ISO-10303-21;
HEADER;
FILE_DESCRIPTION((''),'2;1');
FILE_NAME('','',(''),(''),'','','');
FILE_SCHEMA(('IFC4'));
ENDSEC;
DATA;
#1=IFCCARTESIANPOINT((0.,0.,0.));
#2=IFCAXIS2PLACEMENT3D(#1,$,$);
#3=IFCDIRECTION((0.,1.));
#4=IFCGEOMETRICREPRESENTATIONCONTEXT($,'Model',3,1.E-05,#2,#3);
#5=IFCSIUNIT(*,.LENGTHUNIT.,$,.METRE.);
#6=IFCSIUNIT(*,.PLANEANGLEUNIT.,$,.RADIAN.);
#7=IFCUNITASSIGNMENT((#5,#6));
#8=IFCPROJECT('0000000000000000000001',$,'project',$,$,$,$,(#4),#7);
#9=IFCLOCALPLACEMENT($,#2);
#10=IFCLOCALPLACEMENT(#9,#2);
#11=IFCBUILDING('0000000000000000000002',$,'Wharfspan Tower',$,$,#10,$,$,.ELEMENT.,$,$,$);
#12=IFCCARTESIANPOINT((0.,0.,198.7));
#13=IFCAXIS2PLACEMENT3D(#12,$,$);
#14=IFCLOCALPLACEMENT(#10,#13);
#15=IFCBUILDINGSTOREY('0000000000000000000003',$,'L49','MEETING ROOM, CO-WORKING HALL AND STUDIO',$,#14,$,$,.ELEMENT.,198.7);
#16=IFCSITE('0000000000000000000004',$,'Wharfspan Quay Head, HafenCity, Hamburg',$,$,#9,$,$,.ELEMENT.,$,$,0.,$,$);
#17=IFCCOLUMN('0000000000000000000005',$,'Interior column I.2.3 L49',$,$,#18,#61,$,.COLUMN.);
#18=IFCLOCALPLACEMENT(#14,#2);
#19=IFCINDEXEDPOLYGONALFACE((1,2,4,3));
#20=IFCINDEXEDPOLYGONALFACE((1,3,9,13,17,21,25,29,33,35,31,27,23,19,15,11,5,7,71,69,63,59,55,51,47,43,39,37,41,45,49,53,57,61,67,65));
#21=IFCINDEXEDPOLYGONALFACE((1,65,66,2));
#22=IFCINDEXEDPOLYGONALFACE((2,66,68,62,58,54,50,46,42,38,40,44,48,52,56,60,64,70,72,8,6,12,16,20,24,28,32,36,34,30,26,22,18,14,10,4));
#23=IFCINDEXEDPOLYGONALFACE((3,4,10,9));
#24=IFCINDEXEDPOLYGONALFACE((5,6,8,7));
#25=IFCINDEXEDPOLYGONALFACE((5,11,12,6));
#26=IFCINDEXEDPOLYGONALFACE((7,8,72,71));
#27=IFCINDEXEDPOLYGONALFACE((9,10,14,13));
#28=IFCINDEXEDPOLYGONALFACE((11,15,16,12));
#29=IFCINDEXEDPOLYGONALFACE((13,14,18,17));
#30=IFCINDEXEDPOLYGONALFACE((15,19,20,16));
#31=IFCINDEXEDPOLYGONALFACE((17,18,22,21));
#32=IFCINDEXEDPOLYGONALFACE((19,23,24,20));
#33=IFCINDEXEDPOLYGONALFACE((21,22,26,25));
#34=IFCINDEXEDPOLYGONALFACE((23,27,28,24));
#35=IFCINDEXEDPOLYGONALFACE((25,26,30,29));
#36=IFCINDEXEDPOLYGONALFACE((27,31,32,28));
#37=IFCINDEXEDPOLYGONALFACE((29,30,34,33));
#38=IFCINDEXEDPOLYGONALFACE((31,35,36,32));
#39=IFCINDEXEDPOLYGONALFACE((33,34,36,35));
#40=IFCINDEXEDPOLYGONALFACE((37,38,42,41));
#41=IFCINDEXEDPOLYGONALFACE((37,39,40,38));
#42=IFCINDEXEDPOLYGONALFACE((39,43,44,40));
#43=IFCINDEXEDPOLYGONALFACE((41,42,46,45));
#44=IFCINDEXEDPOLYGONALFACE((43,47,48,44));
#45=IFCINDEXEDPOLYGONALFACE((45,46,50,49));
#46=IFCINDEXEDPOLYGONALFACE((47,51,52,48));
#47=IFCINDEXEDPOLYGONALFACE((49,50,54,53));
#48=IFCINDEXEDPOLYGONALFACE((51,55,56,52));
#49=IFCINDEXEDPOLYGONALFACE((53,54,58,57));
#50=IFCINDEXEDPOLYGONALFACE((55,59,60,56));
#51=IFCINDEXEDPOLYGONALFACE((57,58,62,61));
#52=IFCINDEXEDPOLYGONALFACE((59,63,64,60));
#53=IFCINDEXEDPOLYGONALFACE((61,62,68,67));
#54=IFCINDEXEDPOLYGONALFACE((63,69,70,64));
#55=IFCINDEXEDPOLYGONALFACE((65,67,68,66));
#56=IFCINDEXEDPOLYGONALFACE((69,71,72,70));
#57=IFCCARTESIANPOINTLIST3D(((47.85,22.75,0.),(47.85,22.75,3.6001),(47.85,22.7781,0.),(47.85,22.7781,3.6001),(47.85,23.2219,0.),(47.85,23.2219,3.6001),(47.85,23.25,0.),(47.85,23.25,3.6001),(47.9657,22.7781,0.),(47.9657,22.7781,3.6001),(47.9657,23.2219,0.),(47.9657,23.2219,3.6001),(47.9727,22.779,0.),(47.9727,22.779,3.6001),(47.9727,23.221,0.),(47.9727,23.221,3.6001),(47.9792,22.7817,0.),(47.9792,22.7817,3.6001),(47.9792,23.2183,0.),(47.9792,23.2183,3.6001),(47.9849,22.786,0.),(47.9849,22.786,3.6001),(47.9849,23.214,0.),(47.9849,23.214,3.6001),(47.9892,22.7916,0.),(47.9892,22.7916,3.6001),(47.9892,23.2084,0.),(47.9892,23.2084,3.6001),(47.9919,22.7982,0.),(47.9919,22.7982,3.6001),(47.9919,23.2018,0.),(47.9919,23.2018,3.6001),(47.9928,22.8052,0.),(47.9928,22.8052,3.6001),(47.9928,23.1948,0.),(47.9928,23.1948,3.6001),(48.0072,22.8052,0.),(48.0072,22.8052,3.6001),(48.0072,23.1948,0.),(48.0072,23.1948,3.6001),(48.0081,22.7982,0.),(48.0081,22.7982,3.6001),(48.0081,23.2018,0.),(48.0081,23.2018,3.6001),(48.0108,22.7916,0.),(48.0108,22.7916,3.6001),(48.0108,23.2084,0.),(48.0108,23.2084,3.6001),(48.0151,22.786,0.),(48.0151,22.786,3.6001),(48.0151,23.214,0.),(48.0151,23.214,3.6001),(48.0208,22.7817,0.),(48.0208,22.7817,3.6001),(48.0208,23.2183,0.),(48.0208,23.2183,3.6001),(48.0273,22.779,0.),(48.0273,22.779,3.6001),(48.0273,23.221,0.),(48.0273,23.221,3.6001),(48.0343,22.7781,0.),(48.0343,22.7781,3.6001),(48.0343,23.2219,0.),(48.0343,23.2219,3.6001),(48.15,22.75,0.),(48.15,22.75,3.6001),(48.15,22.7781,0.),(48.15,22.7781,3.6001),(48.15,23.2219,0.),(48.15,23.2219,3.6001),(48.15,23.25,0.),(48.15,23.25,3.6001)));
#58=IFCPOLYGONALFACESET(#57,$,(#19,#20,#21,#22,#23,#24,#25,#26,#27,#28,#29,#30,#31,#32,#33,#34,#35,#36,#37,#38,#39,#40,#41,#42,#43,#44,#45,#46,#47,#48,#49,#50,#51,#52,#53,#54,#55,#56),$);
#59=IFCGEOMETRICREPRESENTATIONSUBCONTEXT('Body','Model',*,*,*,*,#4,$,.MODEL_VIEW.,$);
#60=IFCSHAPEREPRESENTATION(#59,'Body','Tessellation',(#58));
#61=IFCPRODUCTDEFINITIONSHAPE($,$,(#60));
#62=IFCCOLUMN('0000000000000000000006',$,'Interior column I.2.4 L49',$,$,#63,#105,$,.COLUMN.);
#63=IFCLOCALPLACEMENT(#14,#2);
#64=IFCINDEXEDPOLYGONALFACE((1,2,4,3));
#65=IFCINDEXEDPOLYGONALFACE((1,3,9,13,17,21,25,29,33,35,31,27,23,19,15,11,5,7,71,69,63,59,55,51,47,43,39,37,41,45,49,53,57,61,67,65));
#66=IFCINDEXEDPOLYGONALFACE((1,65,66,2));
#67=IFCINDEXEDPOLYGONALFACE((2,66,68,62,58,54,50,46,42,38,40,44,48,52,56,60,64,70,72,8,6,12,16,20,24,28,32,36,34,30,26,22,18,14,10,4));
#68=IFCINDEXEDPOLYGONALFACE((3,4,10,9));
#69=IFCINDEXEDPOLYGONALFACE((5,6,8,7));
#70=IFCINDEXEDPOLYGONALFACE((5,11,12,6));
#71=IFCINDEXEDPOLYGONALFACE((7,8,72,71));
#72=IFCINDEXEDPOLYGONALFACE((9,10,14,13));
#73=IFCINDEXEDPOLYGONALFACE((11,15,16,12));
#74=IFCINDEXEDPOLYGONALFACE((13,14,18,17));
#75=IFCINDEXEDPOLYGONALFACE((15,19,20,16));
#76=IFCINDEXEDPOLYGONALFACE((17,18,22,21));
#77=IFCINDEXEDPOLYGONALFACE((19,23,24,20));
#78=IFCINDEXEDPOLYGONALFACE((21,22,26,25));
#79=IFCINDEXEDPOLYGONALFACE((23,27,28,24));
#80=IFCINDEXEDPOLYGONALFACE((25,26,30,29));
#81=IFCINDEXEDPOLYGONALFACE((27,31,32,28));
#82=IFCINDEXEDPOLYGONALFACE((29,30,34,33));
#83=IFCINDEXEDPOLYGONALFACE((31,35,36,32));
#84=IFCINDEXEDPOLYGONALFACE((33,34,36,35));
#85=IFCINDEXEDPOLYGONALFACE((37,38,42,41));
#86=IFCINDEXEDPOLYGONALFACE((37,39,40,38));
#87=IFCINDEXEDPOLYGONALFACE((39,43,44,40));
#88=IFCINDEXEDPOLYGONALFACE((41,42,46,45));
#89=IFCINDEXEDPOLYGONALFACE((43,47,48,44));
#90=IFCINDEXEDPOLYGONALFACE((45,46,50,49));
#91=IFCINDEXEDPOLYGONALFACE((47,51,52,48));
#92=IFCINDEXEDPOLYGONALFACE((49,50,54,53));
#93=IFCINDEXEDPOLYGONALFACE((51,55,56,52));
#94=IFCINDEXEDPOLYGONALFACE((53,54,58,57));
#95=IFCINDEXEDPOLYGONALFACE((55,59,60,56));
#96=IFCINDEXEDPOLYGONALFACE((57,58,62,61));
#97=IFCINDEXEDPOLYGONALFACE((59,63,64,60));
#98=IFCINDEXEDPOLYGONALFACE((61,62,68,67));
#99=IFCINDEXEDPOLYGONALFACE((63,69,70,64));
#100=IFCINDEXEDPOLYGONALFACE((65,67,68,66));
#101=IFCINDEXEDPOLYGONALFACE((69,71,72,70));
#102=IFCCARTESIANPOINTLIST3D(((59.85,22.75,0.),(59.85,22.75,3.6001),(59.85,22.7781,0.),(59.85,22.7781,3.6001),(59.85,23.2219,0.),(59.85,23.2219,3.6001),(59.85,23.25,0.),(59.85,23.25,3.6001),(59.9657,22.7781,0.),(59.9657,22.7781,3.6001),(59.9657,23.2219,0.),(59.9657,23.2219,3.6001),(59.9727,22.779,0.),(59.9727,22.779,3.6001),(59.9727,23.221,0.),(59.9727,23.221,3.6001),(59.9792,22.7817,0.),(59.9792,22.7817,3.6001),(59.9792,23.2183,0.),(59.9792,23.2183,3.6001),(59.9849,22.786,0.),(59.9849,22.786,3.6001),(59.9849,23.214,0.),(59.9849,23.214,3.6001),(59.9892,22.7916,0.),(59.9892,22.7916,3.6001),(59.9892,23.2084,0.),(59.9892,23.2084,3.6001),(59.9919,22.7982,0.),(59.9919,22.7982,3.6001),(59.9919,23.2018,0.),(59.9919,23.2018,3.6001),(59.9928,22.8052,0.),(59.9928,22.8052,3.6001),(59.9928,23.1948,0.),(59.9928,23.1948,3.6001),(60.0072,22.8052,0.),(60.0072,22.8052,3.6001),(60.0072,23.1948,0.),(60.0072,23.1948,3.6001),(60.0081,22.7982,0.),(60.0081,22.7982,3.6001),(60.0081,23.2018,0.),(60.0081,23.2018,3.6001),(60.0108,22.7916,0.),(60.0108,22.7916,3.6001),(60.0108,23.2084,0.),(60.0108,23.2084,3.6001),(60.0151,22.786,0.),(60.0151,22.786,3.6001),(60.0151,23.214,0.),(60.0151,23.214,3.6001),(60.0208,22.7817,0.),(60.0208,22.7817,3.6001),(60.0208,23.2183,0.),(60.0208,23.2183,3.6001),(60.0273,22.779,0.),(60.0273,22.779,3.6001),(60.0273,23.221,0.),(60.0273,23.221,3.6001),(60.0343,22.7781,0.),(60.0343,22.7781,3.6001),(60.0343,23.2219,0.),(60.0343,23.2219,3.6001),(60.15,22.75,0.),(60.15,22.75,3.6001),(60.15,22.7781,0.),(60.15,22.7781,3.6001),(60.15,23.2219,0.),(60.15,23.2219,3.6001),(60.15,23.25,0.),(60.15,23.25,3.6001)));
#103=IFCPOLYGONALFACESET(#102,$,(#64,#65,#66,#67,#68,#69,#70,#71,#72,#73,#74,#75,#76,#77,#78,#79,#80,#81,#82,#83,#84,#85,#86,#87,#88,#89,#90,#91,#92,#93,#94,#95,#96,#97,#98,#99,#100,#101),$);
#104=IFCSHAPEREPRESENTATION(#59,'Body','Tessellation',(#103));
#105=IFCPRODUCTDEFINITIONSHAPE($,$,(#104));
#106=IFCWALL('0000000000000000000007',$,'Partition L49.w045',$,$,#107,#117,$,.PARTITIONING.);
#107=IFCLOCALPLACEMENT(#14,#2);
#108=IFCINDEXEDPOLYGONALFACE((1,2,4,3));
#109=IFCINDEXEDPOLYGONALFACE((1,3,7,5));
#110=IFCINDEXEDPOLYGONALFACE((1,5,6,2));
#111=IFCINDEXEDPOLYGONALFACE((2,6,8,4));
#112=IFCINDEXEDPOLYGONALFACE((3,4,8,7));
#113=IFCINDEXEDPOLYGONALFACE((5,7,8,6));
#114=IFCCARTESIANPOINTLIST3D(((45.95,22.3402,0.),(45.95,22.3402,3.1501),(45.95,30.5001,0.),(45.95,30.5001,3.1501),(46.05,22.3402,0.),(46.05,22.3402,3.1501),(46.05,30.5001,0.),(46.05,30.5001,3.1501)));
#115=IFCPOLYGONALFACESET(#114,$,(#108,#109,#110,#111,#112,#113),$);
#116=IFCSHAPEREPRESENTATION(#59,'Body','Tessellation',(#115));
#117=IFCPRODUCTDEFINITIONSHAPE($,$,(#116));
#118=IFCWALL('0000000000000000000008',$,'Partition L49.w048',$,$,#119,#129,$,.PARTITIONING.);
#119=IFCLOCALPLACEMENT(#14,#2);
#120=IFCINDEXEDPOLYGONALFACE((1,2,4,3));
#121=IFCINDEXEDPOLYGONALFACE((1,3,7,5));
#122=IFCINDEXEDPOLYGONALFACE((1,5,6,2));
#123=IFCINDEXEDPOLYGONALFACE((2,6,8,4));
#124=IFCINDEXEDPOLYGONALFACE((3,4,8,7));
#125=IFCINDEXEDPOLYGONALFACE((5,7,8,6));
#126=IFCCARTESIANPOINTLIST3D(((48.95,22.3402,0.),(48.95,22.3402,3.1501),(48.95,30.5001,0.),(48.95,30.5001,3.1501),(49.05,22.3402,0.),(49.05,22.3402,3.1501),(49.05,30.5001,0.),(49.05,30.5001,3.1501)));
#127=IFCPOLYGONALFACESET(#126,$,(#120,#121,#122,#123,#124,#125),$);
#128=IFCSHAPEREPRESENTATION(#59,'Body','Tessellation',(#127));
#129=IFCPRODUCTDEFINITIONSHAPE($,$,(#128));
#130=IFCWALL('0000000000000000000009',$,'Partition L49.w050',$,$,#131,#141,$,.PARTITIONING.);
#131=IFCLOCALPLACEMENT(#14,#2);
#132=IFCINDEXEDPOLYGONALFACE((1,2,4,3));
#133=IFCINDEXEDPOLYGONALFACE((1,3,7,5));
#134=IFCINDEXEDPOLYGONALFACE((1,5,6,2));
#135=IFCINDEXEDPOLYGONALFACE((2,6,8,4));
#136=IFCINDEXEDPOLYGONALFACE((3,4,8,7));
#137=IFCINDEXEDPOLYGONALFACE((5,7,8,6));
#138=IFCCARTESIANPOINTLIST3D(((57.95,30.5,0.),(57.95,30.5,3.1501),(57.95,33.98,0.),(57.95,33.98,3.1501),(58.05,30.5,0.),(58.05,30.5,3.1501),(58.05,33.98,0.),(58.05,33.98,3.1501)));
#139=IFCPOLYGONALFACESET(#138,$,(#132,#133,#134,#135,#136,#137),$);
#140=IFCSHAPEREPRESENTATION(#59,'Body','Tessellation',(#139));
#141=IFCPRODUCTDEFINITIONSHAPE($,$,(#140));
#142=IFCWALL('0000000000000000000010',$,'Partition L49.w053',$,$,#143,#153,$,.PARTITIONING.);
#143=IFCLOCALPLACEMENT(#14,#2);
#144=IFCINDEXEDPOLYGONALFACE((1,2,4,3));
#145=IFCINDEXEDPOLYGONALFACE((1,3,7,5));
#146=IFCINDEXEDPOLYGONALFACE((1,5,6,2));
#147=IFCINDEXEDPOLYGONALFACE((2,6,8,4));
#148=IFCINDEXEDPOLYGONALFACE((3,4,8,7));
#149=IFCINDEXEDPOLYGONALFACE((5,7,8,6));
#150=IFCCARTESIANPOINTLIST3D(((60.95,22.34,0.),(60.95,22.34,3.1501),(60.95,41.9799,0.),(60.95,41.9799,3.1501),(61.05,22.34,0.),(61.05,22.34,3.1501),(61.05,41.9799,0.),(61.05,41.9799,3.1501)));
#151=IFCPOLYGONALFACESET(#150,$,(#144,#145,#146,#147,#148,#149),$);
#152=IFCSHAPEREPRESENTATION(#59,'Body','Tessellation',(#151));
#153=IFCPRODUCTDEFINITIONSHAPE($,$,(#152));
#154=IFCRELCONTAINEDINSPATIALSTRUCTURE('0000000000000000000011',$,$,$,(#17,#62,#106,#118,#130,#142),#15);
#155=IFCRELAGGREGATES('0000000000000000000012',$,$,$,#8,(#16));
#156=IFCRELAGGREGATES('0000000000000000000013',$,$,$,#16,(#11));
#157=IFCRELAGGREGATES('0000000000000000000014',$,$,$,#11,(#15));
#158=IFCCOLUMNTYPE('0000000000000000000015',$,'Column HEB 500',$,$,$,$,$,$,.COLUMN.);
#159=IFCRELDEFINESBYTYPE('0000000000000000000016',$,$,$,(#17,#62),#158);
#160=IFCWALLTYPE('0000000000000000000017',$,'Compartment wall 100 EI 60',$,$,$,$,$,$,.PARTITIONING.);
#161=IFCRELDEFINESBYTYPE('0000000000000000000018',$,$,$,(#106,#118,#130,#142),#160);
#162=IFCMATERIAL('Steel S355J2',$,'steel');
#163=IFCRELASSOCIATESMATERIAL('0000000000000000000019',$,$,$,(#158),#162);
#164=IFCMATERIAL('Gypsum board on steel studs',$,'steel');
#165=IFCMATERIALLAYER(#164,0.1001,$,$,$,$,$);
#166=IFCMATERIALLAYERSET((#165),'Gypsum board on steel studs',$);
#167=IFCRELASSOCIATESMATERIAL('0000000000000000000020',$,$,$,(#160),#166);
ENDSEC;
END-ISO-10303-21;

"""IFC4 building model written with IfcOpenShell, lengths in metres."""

from ifc_helpers import new_model, si_unit, direction, frame, frame_2d, origin, origin_2d, place, context, subcontext, project, spatial, rectangle, i_section, extrude, material, layer, layer_set, material_profile, profile_set, type_object, element, save


model = new_model("IFC4")

# Units and contexts
model_context = context("Model", 3, precision=1e-05, world=origin(), true_north=direction((0.0, 1.0)))
body_context = subcontext(model_context, "Body", "Model", "MODEL_VIEW")
ifc_project = project(units=[si_unit("LENGTHUNIT", "METRE"), si_unit("PLANEANGLEUNIT", "RADIAN")], contexts=[model_context])

# Site, building, storey
site_placement = place(None, origin())
site = spatial("IfcSite", under=ifc_project, at=site_placement, Name="Wharfspan Quay Head, HafenCity, Hamburg", CompositionType="ELEMENT", RefElevation=0.0)
building_placement = place(site_placement, origin())
building = spatial("IfcBuilding", under=site, at=building_placement, Name="Wharfspan Tower", CompositionType="ELEMENT")
storey_placement = place(building_placement, frame((0.0, 0.0, 198.7)))
storey = spatial("IfcBuildingStorey", under=building, at=storey_placement, Name="L49", Description="MEETING ROOM, CO-WORKING HALL AND STUDIO", CompositionType="ELEMENT", Elevation=198.7)

# Columns
ifc_material_1 = material(Name="Steel S355J2", Category="steel")
ifc_material_profile = material_profile(ifc_material_1, i_section(OverallWidth=0.3, OverallDepth=0.5, WebThickness=0.0144, FlangeThickness=0.0281, FilletRadius=0.0271, at=origin_2d()))
ifc_profile_set = profile_set([ifc_material_profile], Name="Steel S355J2")
column_type = type_object("IfcColumnType", Name="Column HEB 500", PredefinedType="COLUMN", material=ifc_profile_set)
for number, where, z_axis, x_axis, name in (
    (1, (48.0, 23.0, 0.0), (0.0, 0.0, 1.0), (1.0, 0.0, 0.0), "Interior column I.2.3 L49"),
    (2, (60.0, 23.0, 0.0), (0.0, 0.0, 1.0), (1.0, 0.0, 0.0), "Interior column I.2.4 L49"),
):
    element("IfcColumn", number, at=place(storey_placement, frame(where, z_axis=z_axis, x_axis=x_axis)), inside=storey, type_object=column_type, Name=name, PredefinedType="COLUMN", context=body_context, shape_type="SweptSolid", body=[
        extrude(i_section(OverallWidth=0.3, OverallDepth=0.5, WebThickness=0.0144, FlangeThickness=0.0281, FilletRadius=0.0271, at=origin_2d()), origin(), (0.0, 0.0, 1.0), 3.6001),
    ])

# Walls
ifc_material_2 = material(Name="Gypsum board on steel studs", Category="steel")
ifc_layer_1 = layer(ifc_material_2, 0.1001)
ifc_layer_set_1 = layer_set([ifc_layer_1], Name="Gypsum board on steel studs")
wall_type_1 = type_object("IfcWallType", Name="Compartment wall 100 EI 60", PredefinedType="PARTITIONING", material=ifc_layer_set_1)
for number, where, z_axis, x_axis, name in (
    (3, (46.0, 22.3401, 0.0), (0.0, 0.0, 1.0), (0.0, 1.0, 0.0), "Partition L49.w045"),
    (4, (49.0, 22.3401, 0.0), (0.0, 0.0, 1.0), (0.0, 1.0, 0.0), "Partition L49.w048"),
):
    element("IfcWall", number, at=place(storey_placement, frame(where, z_axis=z_axis, x_axis=x_axis)), inside=storey, type_object=wall_type_1, Name=name, PredefinedType="PARTITIONING", context=body_context, shape_type="SweptSolid", body=[
        extrude(rectangle(XDim=8.1599, YDim=0.1001, at=frame_2d((4.0801, 0.0))), origin(), (0.0, 0.0, 1.0), 3.1501),
    ])
wall_1_placement = place(storey_placement, frame((58.0, 30.5, 0.0), z_axis=(0.0, 0.0, 1.0), x_axis=(0.0, 1.0, 0.0)))
element("IfcWall", 5, at=wall_1_placement, inside=storey, type_object=wall_type_1, Name="Partition L49.w050", PredefinedType="PARTITIONING", context=body_context, shape_type="SweptSolid", body=[
    extrude(rectangle(XDim=3.48, YDim=0.1001, at=frame_2d((1.74, 0.0))), origin(), (0.0, 0.0, 1.0), 3.1501),
])
wall_2_placement = place(storey_placement, frame((61.0, 22.3401, 0.0), z_axis=(0.0, 0.0, 1.0), x_axis=(0.0, 1.0, 0.0)))
element("IfcWall", 6, at=wall_2_placement, inside=storey, type_object=wall_type_1, Name="Partition L49.w053", PredefinedType="PARTITIONING", context=body_context, shape_type="SweptSolid", body=[
    extrude(rectangle(XDim=19.6399, YDim=0.1001, at=frame_2d((9.8198, 0.0))), origin(), (0.0, 0.0, 1.0), 3.1501),
])

save(model, "model.ifc")
